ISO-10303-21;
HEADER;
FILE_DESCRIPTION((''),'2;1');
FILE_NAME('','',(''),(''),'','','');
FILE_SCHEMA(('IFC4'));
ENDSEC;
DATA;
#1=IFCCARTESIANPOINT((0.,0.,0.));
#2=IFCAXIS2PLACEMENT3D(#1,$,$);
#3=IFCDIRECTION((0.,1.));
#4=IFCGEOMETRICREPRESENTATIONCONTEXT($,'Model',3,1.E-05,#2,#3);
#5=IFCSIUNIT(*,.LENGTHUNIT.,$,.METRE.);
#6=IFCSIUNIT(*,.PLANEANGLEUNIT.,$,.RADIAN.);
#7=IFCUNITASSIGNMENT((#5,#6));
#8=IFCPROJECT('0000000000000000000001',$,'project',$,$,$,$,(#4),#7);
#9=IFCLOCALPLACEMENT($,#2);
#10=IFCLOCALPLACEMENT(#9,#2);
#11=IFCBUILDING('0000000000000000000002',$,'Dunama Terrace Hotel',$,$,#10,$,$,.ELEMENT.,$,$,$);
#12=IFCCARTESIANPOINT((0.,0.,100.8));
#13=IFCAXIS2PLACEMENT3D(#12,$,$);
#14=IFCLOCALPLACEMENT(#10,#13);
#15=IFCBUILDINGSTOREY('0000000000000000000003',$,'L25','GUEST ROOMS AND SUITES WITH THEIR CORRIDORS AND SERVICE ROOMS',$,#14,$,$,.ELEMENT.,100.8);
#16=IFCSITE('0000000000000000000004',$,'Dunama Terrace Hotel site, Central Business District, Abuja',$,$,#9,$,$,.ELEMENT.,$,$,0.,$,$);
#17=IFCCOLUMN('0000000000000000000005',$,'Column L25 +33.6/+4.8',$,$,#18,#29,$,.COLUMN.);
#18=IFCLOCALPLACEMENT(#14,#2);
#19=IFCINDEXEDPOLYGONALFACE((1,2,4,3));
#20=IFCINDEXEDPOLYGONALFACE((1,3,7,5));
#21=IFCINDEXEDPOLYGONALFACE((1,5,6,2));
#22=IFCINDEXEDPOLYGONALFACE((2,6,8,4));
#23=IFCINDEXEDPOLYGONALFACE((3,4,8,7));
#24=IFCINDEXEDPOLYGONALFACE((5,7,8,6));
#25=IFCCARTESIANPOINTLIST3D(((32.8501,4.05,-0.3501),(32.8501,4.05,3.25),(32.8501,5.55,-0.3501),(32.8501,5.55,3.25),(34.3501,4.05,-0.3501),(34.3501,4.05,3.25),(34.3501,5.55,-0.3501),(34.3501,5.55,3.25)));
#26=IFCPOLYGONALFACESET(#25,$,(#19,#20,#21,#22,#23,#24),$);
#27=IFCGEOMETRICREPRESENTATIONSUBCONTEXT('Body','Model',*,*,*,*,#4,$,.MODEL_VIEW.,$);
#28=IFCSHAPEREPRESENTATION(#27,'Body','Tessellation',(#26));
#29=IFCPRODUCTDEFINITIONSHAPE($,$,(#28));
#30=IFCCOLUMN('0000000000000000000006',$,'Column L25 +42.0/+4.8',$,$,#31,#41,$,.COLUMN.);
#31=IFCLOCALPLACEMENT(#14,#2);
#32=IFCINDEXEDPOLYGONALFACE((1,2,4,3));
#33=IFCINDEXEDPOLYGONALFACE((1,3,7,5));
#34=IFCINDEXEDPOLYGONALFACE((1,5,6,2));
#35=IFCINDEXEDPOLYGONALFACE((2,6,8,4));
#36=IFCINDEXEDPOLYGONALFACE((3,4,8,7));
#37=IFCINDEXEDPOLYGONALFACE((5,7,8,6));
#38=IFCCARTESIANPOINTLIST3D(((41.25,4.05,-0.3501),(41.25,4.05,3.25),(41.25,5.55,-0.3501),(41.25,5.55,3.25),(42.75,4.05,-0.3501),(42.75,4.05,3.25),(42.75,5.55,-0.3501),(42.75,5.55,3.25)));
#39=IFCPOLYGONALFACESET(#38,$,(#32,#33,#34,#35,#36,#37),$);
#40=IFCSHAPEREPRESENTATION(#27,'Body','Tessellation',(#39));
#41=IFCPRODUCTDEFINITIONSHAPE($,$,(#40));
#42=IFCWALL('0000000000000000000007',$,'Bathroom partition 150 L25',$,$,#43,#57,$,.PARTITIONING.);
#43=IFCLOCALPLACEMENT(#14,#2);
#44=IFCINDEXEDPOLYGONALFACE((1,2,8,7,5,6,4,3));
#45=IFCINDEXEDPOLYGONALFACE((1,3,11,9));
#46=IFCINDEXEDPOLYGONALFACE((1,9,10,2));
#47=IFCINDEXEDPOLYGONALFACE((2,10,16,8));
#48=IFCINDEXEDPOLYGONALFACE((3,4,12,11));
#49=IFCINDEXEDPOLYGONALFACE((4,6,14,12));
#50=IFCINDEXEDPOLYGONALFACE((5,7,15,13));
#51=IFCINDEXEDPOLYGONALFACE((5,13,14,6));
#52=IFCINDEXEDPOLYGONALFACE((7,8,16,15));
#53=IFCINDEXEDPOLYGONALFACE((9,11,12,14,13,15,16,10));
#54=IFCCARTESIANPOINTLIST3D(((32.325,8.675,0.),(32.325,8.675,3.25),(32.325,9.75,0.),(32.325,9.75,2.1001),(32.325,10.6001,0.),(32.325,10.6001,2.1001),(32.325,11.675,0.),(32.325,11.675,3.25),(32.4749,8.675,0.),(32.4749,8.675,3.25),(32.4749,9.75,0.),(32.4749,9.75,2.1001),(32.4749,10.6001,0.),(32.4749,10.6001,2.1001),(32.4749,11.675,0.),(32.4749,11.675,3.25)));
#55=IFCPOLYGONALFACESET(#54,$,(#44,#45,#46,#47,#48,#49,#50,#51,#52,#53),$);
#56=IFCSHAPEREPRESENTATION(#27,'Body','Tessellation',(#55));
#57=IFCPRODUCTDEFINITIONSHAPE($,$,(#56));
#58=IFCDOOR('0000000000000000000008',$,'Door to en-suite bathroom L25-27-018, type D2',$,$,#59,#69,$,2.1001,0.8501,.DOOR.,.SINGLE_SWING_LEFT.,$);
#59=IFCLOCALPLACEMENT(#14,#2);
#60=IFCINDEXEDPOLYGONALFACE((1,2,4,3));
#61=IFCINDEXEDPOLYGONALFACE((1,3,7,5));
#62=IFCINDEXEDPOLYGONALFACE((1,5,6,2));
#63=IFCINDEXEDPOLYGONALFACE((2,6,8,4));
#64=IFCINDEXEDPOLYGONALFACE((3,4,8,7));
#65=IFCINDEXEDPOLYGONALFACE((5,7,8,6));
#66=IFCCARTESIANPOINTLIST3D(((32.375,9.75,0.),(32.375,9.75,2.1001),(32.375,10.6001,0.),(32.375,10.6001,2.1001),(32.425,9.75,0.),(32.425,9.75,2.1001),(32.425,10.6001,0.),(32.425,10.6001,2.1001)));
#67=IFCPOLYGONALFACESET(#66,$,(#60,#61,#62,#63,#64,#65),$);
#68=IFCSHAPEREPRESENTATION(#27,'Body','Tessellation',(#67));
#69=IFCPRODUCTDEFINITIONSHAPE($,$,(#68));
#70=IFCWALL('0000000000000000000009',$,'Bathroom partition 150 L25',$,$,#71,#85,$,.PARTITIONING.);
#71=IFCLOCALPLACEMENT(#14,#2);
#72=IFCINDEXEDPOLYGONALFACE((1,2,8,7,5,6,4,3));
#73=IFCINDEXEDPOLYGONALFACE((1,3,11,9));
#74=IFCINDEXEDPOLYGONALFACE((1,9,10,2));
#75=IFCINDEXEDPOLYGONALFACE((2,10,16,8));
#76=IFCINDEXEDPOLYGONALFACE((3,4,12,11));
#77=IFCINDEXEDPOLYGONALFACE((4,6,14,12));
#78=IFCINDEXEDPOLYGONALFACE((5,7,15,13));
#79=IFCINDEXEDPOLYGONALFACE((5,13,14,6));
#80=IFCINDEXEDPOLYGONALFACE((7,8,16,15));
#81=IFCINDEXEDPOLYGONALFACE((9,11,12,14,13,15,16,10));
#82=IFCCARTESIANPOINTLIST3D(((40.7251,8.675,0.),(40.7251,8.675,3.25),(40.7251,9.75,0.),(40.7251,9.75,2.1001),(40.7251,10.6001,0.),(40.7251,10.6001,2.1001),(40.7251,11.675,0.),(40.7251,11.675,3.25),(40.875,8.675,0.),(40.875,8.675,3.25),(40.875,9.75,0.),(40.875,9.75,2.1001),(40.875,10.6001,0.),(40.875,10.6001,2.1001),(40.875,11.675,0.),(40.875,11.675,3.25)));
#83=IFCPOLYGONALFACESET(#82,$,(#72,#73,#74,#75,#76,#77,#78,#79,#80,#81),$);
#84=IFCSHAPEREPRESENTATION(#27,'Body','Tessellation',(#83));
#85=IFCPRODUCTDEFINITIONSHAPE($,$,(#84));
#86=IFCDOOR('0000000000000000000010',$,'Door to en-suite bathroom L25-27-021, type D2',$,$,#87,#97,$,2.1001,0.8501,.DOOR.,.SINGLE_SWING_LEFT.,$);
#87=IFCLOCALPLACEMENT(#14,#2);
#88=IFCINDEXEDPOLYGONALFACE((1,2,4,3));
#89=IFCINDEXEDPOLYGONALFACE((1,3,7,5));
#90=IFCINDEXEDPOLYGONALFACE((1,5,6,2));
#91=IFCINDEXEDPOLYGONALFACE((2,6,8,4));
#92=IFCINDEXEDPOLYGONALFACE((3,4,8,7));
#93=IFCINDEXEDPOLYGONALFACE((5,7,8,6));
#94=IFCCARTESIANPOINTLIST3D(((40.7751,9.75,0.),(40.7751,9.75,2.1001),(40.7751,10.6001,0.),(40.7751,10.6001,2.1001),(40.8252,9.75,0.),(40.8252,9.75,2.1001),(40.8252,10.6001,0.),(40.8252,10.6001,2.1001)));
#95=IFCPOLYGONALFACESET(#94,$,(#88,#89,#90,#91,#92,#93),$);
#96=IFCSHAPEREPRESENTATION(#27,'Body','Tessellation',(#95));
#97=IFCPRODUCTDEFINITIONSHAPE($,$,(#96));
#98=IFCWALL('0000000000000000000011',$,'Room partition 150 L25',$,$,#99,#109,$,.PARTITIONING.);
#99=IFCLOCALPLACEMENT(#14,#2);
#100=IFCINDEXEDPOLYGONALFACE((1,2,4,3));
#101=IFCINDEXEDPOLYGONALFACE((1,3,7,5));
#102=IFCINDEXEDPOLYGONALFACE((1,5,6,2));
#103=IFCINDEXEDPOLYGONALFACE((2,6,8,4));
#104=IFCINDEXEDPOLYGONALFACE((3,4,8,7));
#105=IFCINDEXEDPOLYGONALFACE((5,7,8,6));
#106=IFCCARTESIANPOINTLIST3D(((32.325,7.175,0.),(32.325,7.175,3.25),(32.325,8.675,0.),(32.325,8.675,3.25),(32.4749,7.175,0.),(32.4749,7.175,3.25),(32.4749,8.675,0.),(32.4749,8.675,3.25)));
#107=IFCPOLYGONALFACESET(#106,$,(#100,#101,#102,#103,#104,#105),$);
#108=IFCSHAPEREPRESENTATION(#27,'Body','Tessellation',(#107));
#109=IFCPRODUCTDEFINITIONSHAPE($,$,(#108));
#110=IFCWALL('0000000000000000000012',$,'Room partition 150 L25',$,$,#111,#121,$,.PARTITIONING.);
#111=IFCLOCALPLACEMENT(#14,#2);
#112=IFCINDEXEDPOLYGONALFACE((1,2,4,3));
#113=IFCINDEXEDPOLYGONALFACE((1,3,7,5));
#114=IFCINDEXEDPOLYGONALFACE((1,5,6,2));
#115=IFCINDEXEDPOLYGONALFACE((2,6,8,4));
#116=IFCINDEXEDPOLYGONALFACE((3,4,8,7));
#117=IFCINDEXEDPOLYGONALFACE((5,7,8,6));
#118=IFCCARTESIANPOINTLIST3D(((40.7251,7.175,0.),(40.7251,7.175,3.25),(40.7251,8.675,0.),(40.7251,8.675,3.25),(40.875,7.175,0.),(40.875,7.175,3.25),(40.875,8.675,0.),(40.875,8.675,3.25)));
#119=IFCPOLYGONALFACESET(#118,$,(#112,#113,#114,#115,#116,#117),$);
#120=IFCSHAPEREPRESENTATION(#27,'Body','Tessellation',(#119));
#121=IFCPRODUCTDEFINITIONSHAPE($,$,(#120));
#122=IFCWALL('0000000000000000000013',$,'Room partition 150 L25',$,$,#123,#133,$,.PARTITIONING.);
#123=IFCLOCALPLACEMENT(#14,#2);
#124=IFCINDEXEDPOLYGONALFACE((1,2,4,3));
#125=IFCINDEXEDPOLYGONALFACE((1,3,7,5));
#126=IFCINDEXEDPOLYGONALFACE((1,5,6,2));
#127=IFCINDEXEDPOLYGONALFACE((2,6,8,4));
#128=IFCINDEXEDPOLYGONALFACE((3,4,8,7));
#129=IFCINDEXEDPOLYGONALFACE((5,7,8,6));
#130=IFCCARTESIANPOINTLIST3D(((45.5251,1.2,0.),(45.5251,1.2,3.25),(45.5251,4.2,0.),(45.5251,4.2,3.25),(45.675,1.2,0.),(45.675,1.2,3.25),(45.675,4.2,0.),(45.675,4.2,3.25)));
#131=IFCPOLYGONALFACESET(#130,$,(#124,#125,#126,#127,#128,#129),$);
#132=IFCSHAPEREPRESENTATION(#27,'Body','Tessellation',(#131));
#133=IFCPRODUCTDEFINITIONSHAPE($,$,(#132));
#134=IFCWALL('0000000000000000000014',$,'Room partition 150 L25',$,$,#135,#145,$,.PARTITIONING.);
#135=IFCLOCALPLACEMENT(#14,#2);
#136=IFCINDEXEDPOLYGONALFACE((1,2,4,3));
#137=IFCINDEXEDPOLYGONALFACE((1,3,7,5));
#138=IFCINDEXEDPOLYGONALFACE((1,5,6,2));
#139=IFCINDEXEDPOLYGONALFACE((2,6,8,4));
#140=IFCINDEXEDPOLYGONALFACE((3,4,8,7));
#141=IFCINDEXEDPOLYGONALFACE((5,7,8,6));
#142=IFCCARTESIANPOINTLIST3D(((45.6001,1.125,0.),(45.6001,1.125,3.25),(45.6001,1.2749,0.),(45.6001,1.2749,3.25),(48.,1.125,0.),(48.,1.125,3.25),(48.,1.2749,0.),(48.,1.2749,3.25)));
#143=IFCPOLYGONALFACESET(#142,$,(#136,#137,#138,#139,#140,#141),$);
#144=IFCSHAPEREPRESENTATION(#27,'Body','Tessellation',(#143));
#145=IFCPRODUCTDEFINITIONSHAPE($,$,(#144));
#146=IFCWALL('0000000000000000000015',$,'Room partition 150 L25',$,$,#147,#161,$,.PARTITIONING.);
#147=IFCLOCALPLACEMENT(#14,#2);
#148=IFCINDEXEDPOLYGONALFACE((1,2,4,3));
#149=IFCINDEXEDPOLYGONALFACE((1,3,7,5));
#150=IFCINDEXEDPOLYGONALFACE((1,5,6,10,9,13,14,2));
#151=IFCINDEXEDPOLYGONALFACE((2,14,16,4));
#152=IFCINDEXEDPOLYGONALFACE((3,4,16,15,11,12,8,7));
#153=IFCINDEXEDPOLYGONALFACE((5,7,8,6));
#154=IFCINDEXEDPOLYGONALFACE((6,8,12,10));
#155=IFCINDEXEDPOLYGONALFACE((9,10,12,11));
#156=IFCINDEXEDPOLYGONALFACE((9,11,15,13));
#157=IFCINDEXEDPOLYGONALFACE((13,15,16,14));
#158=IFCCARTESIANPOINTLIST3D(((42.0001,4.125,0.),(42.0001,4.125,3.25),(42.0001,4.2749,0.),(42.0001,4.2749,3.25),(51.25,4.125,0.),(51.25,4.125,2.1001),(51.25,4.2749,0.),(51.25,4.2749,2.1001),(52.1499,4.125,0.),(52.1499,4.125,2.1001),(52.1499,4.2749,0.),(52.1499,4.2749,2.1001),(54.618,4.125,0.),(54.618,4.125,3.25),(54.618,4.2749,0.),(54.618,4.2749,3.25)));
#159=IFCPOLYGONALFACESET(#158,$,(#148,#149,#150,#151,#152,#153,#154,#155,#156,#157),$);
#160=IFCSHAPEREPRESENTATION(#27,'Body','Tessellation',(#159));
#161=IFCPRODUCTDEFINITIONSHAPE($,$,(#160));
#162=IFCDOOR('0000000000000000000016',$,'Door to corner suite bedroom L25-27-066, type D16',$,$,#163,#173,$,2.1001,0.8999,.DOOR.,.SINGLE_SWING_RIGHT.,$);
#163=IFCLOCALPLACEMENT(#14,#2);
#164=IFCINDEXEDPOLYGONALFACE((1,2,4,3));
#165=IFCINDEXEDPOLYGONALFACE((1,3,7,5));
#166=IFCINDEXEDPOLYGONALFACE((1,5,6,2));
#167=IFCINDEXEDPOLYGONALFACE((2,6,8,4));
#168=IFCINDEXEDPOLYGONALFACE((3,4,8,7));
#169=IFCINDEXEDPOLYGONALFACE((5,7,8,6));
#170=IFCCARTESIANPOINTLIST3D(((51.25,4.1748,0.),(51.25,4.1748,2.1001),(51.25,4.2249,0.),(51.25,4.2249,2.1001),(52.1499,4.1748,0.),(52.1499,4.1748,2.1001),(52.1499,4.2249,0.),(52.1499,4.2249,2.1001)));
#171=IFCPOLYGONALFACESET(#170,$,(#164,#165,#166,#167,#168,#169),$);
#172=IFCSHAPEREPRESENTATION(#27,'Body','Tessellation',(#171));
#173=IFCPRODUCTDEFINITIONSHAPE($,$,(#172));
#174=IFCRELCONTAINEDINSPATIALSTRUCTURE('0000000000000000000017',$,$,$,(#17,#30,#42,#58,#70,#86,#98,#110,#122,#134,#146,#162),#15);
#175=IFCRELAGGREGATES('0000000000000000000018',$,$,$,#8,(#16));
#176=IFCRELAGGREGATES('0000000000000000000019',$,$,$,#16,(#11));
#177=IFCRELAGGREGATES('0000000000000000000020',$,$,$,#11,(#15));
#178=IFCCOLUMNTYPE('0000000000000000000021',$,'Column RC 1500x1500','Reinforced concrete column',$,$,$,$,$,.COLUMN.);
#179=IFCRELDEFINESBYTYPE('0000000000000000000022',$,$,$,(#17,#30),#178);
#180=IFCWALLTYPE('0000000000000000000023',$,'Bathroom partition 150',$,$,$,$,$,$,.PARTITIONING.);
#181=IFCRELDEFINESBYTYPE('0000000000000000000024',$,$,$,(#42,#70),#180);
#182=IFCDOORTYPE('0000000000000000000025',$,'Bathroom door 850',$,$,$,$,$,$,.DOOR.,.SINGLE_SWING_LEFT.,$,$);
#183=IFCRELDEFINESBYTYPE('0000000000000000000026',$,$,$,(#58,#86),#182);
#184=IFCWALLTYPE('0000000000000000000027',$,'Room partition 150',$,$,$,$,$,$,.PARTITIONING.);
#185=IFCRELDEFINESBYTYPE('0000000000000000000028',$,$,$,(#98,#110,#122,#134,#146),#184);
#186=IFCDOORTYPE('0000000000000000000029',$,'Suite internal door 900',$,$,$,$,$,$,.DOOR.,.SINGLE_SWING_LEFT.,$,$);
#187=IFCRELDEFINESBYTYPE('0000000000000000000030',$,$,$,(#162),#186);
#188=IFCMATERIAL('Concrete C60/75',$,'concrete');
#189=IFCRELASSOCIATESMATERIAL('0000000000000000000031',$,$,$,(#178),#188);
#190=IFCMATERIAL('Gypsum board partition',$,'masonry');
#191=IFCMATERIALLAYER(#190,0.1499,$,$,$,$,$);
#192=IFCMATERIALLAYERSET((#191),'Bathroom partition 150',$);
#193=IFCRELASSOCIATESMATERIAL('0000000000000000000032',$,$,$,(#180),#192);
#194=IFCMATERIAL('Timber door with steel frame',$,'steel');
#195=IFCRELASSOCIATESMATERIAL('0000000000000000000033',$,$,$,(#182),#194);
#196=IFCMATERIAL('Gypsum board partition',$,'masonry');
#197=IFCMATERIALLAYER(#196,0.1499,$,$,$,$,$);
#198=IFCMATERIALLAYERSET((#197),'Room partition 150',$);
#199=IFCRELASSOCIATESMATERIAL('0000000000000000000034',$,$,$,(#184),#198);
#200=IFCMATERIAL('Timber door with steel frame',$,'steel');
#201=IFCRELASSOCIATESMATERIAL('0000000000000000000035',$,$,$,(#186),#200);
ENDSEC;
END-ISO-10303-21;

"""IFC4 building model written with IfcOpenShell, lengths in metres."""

from ifc_helpers import new_model, si_unit, direction, frame, frame_2d, origin, origin_2d, place, context, subcontext, project, spatial, rectangle, extrude, material, layer, layer_set, material_profile, profile_set, type_object, element, fill, save


model = new_model("IFC4")

# Units and contexts
model_context = context("Model", 3, precision=1e-05, world=origin(), true_north=direction((0.0, 1.0)))
body_context = subcontext(model_context, "Body", "Model", "MODEL_VIEW")
ifc_project = project(units=[si_unit("LENGTHUNIT", "METRE"), si_unit("PLANEANGLEUNIT", "RADIAN")], contexts=[model_context])

# Site, building, storey
site_placement = place(None, origin())
site = spatial("IfcSite", under=ifc_project, at=site_placement, Name="Dunama Terrace Hotel site, Central Business District, Abuja", CompositionType="ELEMENT", RefElevation=0.0)
building_placement = place(site_placement, origin())
building = spatial("IfcBuilding", under=site, at=building_placement, Name="Dunama Terrace Hotel", CompositionType="ELEMENT")
storey_placement = place(building_placement, frame((0.0, 0.0, 100.8)))
storey = spatial("IfcBuildingStorey", under=building, at=storey_placement, Name="L25", Description="GUEST ROOMS AND SUITES WITH THEIR CORRIDORS AND SERVICE ROOMS", CompositionType="ELEMENT", Elevation=100.8)

# Columns
ifc_material_1 = material(Name="Concrete C60/75", Category="concrete")
ifc_material_profile = material_profile(ifc_material_1, rectangle(XDim=1.5, YDim=1.5, at=origin_2d()), Name="RC 1500x1500")
ifc_profile_set = profile_set([ifc_material_profile], Name="Concrete C60/75")
column_type = type_object("IfcColumnType", Name="Column RC 1500x1500", Description="Reinforced concrete column", PredefinedType="COLUMN", material=ifc_profile_set)
for number, where, z_axis, x_axis, name in (
    (1, (33.6001, 4.8, -0.3501), (0.0, 0.0, 1.0), (1.0, 0.0, 0.0), "Column L25 +33.6/+4.8"),
    (2, (42.0, 4.8, -0.3501), (0.0, 0.0, 1.0), (1.0, 0.0, 0.0), "Column L25 +42.0/+4.8"),
):
    element("IfcColumn", number, at=place(storey_placement, frame(where, z_axis=z_axis, x_axis=x_axis)), inside=storey, type_object=column_type, Name=name, PredefinedType="COLUMN", context=body_context, shape_type="SweptSolid", body=[
        extrude(rectangle(XDim=1.5, YDim=1.5, at=origin_2d()), origin(), (0.0, 0.0, 1.0), 3.6001),
    ])

# Walls, openings, doors
ifc_material_2 = material(Name="Gypsum board partition", Category="masonry")
ifc_layer_1 = layer(ifc_material_2, 0.1499)
ifc_layer_set_1 = layer_set([ifc_layer_1], Name="Bathroom partition 150")
wall_type_1 = type_object("IfcWallType", Name="Bathroom partition 150", PredefinedType="PARTITIONING", material=ifc_layer_set_1)
wall_1_placement = place(storey_placement, frame((32.3999, 8.675, 0.0), z_axis=(0.0, 0.0, 1.0), x_axis=(0.0, 1.0, 0.0)))
wall_1 = element("IfcWall", 3, at=wall_1_placement, inside=storey, type_object=wall_type_1, Name="Bathroom partition 150 L25", PredefinedType="PARTITIONING", context=body_context, shape_type="SweptSolid", body=[
    extrude(rectangle(XDim=3.0, YDim=0.1499, at=frame_2d((1.5, 0.0))), origin(), (0.0, 0.0, 1.0), 3.25),
])
opening_1_placement = place(wall_1_placement, frame((1.075, 0.0, 0.0)))
opening_1 = element("IfcOpeningElement", 4, at=opening_1_placement, cuts=wall_1, PredefinedType="OPENING", context=body_context, shape_type="SweptSolid", body=[
    extrude(rectangle(XDim=0.8501, YDim=2.1001, at=frame_2d((0.425, 1.05))), frame((0.0, 0.085, 0.0), z_axis=(0.0, -1.0, 0.0), x_axis=(1.0, 0.0, 0.0)), (0.0, 0.0, 1.0), 0.1699),
])
ifc_material_3 = material(Name="Timber door with steel frame", Category="steel")
door_type_1 = type_object("IfcDoorType", Name="Bathroom door 850", OperationType="SINGLE_SWING_LEFT", PredefinedType="DOOR", material=ifc_material_3)
door_1_placement = place(opening_1_placement, origin())
door_1 = element("IfcDoor", 5, at=door_1_placement, inside=storey, type_object=door_type_1, Name="Door to en-suite bathroom L25-27-018, type D2", OperationType="SINGLE_SWING_LEFT", OverallHeight=2.1001, OverallWidth=0.8501, PredefinedType="DOOR", context=body_context, shape_type="SweptSolid", body=[
    extrude(rectangle(XDim=0.8501, YDim=2.1001, at=frame_2d((0.425, 1.05))), frame((0.0, 0.0249, 0.0), z_axis=(0.0, -1.0, 0.0), x_axis=(1.0, 0.0, 0.0)), (0.0, 0.0, 1.0), 0.05),
])
fill(opening_1, door_1)
wall_2_placement = place(storey_placement, frame((40.8, 8.675, 0.0), z_axis=(0.0, 0.0, 1.0), x_axis=(0.0, 1.0, 0.0)))
wall_2 = element("IfcWall", 6, at=wall_2_placement, inside=storey, type_object=wall_type_1, Name="Bathroom partition 150 L25", PredefinedType="PARTITIONING", context=body_context, shape_type="SweptSolid", body=[
    extrude(rectangle(XDim=3.0, YDim=0.1499, at=frame_2d((1.5, 0.0))), origin(), (0.0, 0.0, 1.0), 3.25),
])
opening_2_placement = place(wall_2_placement, frame((1.075, 0.0, 0.0)))
opening_2 = element("IfcOpeningElement", 7, at=opening_2_placement, cuts=wall_2, PredefinedType="OPENING", context=body_context, shape_type="SweptSolid", body=[
    extrude(rectangle(XDim=0.8501, YDim=2.1001, at=frame_2d((0.425, 1.05))), frame((0.0, 0.085, 0.0), z_axis=(0.0, -1.0, 0.0), x_axis=(1.0, 0.0, 0.0)), (0.0, 0.0, 1.0), 0.1699),
])
door_2_placement = place(opening_2_placement, origin())
door_2 = element("IfcDoor", 8, at=door_2_placement, inside=storey, type_object=door_type_1, Name="Door to en-suite bathroom L25-27-021, type D2", OperationType="SINGLE_SWING_LEFT", OverallHeight=2.1001, OverallWidth=0.8501, PredefinedType="DOOR", context=body_context, shape_type="SweptSolid", body=[
    extrude(rectangle(XDim=0.8501, YDim=2.1001, at=frame_2d((0.425, 1.05))), frame((0.0, 0.0249, 0.0), z_axis=(0.0, -1.0, 0.0), x_axis=(1.0, 0.0, 0.0)), (0.0, 0.0, 1.0), 0.05),
])
fill(opening_2, door_2)

# Walls
ifc_material_4 = material(Name="Gypsum board partition", Category="masonry")
ifc_layer_2 = layer(ifc_material_4, 0.1499)
ifc_layer_set_2 = layer_set([ifc_layer_2], Name="Room partition 150")
wall_type_2 = type_object("IfcWallType", Name="Room partition 150", PredefinedType="PARTITIONING", material=ifc_layer_set_2)
for number, where, z_axis, x_axis, name in (
    (9, (32.3999, 7.175, 0.0), (0.0, 0.0, 1.0), (0.0, 1.0, 0.0), "Room partition 150 L25"),
    (10, (40.8, 7.175, 0.0), (0.0, 0.0, 1.0), (0.0, 1.0, 0.0), "Room partition 150 L25"),
):
    element("IfcWall", number, at=place(storey_placement, frame(where, z_axis=z_axis, x_axis=x_axis)), inside=storey, type_object=wall_type_2, Name=name, PredefinedType="PARTITIONING", context=body_context, shape_type="SweptSolid", body=[
        extrude(rectangle(XDim=1.5, YDim=0.1499, at=frame_2d((0.75, 0.0))), origin(), (0.0, 0.0, 1.0), 3.25),
    ])
wall_3_placement = place(storey_placement, frame((45.6001, 1.2, 0.0), z_axis=(0.0, 0.0, 1.0), x_axis=(0.0, 1.0, 0.0)))
element("IfcWall", 11, at=wall_3_placement, inside=storey, type_object=wall_type_2, Name="Room partition 150 L25", PredefinedType="PARTITIONING", context=body_context, shape_type="SweptSolid", body=[
    extrude(rectangle(XDim=3.0, YDim=0.1499, at=frame_2d((1.5, 0.0))), origin(), (0.0, 0.0, 1.0), 3.25),
])
wall_4_placement = place(storey_placement, frame((45.6001, 1.2, 0.0), z_axis=(0.0, 0.0, 1.0), x_axis=(1.0, 0.0, 0.0)))
element("IfcWall", 12, at=wall_4_placement, inside=storey, type_object=wall_type_2, Name="Room partition 150 L25", PredefinedType="PARTITIONING", context=body_context, shape_type="SweptSolid", body=[
    extrude(rectangle(XDim=2.3999, YDim=0.1499, at=frame_2d((1.2, 0.0))), origin(), (0.0, 0.0, 1.0), 3.25),
])

# Wall, opening, door
wall_5_placement = place(storey_placement, frame((42.0, 4.2, 0.0), z_axis=(0.0, 0.0, 1.0), x_axis=(1.0, 0.0, 0.0)))
wall_5 = element("IfcWall", 13, at=wall_5_placement, inside=storey, type_object=wall_type_2, Name="Room partition 150 L25", PredefinedType="PARTITIONING", context=body_context, shape_type="SweptSolid", body=[
    extrude(rectangle(XDim=12.6179, YDim=0.1499, at=frame_2d((6.3091, 0.0))), origin(), (0.0, 0.0, 1.0), 3.25),
])
opening_3_placement = place(wall_5_placement, frame((9.25, 0.0, 0.0)))
opening_3 = element("IfcOpeningElement", 14, at=opening_3_placement, cuts=wall_5, PredefinedType="OPENING", context=body_context, shape_type="SweptSolid", body=[
    extrude(rectangle(XDim=0.8999, YDim=2.1001, at=frame_2d((0.45, 1.05))), frame((0.0, 0.085, 0.0), z_axis=(0.0, -1.0, 0.0), x_axis=(1.0, 0.0, 0.0)), (0.0, 0.0, 1.0), 0.1699),
])
ifc_material_5 = material(Name="Timber door with steel frame", Category="steel")
door_type_2 = type_object("IfcDoorType", Name="Suite internal door 900", OperationType="SINGLE_SWING_LEFT", PredefinedType="DOOR", material=ifc_material_5)
door_3_placement = place(opening_3_placement, frame((0.8999, 0.0, 0.0), z_axis=(0.0, 0.0, 1.0), x_axis=(-1.0, 0.0, 0.0)))
door_3 = element("IfcDoor", 15, at=door_3_placement, inside=storey, type_object=door_type_2, Name="Door to corner suite bedroom L25-27-066, type D16", OperationType="SINGLE_SWING_RIGHT", OverallHeight=2.1001, OverallWidth=0.8999, PredefinedType="DOOR", context=body_context, shape_type="SweptSolid", body=[
    extrude(rectangle(XDim=0.8999, YDim=2.1001, at=frame_2d((0.45, 1.05))), frame((0.0, 0.0251, 0.0), z_axis=(0.0, -1.0, 0.0), x_axis=(1.0, 0.0, 0.0)), (0.0, 0.0, 1.0), 0.05),
])
fill(opening_3, door_3)

save(model, "model.ifc")
